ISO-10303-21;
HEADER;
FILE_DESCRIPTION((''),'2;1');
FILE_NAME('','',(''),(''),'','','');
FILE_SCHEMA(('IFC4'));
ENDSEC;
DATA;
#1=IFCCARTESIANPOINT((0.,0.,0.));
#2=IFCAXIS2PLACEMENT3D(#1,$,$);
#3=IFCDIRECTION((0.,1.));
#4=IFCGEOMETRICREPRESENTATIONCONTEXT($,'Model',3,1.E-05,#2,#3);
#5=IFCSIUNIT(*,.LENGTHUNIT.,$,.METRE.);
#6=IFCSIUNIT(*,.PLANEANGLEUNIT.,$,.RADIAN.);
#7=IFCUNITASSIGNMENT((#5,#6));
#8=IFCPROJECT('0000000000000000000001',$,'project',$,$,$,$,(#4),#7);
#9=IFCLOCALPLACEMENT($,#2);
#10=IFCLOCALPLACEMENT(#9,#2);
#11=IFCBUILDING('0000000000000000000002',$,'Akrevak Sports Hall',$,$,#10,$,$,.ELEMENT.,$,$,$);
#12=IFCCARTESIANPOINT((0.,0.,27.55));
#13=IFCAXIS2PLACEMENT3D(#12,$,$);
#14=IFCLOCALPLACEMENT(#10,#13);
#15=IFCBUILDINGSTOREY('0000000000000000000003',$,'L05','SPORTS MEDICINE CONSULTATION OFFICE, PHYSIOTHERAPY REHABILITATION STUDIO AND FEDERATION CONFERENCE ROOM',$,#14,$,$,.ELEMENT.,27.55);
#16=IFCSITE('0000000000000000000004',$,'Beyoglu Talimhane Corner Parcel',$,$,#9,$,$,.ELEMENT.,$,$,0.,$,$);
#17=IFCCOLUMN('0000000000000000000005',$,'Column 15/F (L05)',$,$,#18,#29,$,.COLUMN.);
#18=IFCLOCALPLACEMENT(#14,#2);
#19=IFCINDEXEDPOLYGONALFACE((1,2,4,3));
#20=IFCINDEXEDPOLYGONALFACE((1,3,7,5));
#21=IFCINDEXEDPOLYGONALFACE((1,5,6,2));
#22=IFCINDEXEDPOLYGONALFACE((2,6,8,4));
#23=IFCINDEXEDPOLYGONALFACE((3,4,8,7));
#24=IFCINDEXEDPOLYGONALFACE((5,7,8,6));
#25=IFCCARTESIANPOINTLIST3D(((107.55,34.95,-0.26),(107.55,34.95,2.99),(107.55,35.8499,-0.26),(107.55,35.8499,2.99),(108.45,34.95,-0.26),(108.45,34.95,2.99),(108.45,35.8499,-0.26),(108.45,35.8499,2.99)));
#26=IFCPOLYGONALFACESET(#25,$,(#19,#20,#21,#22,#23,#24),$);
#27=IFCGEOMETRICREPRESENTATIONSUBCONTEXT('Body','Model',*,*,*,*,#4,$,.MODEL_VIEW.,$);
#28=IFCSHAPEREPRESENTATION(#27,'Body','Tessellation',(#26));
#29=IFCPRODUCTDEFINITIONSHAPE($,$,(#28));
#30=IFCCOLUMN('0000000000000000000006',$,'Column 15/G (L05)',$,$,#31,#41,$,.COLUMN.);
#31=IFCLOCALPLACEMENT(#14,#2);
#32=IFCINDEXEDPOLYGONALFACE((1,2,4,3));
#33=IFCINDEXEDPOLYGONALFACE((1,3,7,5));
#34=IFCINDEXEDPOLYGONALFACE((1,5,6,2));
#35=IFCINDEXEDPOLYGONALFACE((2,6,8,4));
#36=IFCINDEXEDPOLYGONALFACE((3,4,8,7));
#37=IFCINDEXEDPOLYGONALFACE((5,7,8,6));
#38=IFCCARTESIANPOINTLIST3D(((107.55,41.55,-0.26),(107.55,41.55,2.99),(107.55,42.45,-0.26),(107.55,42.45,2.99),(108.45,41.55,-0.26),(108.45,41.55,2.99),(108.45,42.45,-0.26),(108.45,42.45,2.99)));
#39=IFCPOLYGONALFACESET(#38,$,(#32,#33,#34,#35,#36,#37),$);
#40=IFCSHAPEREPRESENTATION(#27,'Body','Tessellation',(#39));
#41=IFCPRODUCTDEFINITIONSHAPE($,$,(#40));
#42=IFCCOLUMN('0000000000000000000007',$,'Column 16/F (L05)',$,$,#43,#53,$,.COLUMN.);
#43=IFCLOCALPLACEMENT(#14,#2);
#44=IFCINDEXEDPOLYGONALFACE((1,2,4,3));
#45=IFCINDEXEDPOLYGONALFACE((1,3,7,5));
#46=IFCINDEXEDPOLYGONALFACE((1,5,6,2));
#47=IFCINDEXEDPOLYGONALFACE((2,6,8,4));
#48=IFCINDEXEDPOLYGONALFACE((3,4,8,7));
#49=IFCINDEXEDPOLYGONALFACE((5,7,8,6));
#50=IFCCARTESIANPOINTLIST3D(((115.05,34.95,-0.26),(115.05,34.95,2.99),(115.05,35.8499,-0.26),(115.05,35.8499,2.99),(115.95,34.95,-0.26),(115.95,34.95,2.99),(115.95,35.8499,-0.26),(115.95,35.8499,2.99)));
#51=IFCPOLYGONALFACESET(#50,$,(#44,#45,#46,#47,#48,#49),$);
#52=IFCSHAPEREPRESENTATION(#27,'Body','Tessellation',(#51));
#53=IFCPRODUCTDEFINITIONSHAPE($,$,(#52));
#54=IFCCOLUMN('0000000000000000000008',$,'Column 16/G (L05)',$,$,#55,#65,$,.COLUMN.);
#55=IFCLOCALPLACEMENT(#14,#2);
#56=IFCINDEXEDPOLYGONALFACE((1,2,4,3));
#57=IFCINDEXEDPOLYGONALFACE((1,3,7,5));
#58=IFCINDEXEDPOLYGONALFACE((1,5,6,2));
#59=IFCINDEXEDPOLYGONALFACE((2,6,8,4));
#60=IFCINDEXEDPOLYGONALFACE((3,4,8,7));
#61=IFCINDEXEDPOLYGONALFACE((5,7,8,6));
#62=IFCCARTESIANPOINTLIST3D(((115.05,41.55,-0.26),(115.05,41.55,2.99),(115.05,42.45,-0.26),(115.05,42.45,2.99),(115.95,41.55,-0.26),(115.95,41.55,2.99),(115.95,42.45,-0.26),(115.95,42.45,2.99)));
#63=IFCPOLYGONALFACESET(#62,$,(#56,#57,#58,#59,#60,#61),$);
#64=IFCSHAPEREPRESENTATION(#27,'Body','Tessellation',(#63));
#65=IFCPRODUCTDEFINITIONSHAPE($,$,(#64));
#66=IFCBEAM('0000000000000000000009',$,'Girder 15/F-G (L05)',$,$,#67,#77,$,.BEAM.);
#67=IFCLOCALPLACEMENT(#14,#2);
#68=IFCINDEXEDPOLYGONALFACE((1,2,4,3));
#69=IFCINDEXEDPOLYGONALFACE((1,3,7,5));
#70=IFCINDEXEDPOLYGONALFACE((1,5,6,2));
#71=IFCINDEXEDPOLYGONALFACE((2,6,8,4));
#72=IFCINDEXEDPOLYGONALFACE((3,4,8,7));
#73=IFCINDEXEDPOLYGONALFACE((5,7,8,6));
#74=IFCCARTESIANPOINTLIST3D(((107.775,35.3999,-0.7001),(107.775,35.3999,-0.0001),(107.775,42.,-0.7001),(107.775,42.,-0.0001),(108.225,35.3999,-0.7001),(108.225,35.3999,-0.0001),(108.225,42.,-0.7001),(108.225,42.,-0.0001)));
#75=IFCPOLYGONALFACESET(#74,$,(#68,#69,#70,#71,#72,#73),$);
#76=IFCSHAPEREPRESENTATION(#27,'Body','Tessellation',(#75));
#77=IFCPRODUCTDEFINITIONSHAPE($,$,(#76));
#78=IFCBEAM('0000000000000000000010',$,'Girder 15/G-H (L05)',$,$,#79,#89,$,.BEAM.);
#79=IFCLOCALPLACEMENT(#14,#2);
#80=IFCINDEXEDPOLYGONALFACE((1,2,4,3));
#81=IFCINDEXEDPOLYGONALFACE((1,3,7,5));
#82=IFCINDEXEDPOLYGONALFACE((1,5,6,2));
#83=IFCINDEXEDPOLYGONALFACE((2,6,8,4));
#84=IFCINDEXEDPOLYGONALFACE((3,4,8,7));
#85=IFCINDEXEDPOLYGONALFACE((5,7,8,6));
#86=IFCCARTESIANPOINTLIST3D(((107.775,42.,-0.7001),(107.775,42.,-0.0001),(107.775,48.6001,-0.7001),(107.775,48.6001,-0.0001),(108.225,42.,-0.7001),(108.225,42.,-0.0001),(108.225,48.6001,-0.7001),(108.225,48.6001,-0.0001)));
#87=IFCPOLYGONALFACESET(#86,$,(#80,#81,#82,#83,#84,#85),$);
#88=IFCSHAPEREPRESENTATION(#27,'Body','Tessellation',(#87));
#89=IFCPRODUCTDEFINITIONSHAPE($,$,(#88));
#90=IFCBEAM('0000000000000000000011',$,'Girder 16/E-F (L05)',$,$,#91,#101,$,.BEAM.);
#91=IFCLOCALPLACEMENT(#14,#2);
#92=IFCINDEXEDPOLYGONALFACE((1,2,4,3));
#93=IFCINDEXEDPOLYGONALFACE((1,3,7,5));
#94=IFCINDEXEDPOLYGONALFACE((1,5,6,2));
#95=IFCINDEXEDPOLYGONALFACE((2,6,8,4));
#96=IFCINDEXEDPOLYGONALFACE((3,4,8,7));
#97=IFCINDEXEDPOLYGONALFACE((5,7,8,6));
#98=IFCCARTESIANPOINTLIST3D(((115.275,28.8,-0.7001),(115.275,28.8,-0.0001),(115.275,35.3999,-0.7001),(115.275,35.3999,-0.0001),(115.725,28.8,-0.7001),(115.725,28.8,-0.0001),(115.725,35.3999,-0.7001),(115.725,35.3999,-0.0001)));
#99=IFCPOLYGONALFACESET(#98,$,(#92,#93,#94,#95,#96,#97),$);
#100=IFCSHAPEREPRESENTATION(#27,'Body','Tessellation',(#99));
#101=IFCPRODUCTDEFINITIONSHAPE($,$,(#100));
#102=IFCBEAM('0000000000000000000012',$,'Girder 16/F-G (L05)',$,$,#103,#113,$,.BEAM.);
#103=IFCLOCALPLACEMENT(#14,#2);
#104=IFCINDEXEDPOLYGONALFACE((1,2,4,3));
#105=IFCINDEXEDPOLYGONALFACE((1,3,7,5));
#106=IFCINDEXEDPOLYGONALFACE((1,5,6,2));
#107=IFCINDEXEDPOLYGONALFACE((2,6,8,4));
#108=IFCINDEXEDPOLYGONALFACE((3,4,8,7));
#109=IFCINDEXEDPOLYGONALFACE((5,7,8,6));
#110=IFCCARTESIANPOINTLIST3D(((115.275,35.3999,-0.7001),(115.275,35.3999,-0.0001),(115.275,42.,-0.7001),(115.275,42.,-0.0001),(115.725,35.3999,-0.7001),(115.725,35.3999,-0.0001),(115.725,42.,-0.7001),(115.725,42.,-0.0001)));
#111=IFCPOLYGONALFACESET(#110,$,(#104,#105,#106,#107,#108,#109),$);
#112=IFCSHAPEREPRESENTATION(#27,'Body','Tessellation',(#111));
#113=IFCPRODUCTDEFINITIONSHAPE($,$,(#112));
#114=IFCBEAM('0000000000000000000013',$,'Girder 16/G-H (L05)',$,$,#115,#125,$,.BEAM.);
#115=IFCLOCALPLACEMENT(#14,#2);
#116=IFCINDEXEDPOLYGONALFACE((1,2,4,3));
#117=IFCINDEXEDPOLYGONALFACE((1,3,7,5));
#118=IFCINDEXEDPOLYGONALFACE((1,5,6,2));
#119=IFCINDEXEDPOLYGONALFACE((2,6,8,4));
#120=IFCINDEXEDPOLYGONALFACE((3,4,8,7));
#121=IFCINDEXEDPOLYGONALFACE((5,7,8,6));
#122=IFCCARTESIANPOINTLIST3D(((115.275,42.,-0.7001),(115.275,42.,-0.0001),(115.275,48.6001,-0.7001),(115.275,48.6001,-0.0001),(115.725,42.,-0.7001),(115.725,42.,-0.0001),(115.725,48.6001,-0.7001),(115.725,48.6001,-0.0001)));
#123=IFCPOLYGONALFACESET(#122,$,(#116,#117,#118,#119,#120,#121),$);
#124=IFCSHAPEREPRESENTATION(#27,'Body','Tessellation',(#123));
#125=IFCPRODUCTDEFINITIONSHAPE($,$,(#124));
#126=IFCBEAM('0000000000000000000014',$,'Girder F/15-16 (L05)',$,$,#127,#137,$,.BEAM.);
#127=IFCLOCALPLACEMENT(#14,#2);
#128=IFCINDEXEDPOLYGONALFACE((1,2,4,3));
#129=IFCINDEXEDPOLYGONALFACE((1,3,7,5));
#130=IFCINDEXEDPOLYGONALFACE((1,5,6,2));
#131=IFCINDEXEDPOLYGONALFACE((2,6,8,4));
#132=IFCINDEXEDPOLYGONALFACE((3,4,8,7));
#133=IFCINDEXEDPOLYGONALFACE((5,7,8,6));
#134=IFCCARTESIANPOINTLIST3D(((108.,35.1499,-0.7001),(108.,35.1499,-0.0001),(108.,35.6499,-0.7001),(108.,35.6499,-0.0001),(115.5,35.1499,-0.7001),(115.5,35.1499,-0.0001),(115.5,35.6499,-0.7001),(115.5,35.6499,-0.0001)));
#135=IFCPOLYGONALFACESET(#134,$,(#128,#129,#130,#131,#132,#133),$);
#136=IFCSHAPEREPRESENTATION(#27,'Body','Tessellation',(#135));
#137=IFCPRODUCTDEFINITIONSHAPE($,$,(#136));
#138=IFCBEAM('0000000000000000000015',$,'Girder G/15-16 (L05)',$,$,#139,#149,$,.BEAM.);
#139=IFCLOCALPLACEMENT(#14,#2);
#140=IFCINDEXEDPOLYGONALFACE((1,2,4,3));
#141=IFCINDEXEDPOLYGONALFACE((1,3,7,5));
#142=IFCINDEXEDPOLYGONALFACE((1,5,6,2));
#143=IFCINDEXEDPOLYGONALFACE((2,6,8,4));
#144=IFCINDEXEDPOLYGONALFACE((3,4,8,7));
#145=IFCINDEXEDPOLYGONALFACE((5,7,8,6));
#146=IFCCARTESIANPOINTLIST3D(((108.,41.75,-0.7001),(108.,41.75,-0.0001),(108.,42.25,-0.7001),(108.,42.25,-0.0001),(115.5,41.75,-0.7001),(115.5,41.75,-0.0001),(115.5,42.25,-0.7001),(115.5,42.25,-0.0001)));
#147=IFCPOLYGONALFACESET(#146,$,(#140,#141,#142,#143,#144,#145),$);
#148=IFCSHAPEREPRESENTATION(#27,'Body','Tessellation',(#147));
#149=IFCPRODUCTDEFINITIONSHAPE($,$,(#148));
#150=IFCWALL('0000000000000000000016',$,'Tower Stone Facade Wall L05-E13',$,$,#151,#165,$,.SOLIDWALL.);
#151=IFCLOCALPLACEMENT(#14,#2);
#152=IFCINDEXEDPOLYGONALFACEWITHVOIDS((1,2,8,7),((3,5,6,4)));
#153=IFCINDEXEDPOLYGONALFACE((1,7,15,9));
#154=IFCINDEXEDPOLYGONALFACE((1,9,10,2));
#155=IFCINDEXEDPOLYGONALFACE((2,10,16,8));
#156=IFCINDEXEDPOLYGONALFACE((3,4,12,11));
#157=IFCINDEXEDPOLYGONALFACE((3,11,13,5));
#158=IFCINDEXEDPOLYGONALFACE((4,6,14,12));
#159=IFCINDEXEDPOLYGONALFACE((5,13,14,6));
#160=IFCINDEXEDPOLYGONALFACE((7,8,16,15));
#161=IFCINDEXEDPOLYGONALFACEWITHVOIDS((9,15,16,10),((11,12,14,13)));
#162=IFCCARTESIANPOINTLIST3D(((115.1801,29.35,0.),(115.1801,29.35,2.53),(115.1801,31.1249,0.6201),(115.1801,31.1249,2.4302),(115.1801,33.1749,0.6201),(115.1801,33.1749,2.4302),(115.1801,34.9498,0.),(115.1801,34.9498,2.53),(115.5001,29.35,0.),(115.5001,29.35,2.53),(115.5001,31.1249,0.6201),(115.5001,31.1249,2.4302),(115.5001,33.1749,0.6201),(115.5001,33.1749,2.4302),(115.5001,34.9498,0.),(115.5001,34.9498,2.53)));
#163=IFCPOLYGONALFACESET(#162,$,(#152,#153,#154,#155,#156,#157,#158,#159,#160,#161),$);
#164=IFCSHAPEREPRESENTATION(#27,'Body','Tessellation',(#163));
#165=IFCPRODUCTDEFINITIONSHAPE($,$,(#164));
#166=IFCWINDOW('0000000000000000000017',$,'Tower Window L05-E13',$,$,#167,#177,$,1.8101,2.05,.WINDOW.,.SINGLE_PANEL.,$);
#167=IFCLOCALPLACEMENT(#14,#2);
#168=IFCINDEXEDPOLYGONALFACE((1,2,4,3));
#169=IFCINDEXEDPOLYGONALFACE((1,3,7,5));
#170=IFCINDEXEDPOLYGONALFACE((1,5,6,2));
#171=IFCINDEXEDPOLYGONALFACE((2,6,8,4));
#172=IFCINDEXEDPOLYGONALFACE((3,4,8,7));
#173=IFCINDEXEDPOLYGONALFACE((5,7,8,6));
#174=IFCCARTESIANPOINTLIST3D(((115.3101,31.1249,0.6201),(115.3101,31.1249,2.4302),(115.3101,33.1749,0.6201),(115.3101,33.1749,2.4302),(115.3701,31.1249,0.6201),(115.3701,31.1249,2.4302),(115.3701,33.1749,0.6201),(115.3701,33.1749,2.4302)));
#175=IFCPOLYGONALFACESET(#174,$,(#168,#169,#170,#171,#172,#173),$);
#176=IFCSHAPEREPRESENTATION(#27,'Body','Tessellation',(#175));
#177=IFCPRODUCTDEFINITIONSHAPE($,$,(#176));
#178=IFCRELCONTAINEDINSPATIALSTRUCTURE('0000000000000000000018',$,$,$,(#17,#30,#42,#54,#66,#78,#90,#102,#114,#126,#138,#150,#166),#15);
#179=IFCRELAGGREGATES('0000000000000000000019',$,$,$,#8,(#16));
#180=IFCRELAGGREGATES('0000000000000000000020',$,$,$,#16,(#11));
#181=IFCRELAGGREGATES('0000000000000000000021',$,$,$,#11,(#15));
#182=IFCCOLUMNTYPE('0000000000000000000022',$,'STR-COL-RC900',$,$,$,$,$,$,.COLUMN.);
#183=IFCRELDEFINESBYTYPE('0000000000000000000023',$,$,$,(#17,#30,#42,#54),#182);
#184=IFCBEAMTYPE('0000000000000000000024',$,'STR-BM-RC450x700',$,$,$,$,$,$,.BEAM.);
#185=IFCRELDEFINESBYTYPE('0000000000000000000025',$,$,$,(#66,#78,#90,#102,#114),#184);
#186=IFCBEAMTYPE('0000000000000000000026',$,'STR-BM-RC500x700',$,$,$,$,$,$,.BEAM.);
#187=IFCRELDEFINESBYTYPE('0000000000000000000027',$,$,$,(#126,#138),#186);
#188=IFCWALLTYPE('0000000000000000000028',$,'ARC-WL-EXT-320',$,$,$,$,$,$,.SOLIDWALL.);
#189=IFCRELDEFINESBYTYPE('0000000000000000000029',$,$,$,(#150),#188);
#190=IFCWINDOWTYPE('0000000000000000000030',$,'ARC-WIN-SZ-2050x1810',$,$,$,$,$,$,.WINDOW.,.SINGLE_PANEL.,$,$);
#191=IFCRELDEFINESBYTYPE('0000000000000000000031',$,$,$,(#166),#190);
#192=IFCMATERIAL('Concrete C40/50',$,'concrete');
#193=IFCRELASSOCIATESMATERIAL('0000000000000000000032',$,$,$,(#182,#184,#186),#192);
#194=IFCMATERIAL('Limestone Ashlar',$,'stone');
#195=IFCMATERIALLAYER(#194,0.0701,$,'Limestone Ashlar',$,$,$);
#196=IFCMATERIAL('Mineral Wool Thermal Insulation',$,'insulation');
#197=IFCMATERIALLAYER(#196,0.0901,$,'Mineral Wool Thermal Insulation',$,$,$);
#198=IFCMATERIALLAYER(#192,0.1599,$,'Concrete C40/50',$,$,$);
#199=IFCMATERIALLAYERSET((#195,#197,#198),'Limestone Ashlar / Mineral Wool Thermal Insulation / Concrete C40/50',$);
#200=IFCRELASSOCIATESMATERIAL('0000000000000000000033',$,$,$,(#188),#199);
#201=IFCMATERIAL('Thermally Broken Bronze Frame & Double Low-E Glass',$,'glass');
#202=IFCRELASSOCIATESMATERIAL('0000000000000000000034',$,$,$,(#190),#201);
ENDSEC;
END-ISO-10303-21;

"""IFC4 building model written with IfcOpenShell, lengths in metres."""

from ifc_helpers import new_model, si_unit, direction, frame, frame_2d, origin, origin_2d, place, context, subcontext, project, spatial, rectangle, extrude, material, layer, layer_set, material_profile, profile_set, type_object, element, fill, save


model = new_model("IFC4")

# Units and contexts
model_context = context("Model", 3, precision=1e-05, world=origin(), true_north=direction((0.0, 1.0)))
body_context = subcontext(model_context, "Body", "Model", "MODEL_VIEW")
ifc_project = project(units=[si_unit("LENGTHUNIT", "METRE"), si_unit("PLANEANGLEUNIT", "RADIAN")], contexts=[model_context])

# Site, building, storey
site_placement = place(None, origin())
site = spatial("IfcSite", under=ifc_project, at=site_placement, Name="Beyoglu Talimhane Corner Parcel", CompositionType="ELEMENT", RefElevation=0.0)
building_placement = place(site_placement, origin())
building = spatial("IfcBuilding", under=site, at=building_placement, Name="Akrevak Sports Hall", CompositionType="ELEMENT")
storey_placement = place(building_placement, frame((0.0, 0.0, 27.55)))
storey = spatial("IfcBuildingStorey", under=building, at=storey_placement, Name="L05", Description="SPORTS MEDICINE CONSULTATION OFFICE, PHYSIOTHERAPY REHABILITATION STUDIO AND FEDERATION CONFERENCE ROOM", CompositionType="ELEMENT", Elevation=27.55)

# Columns
ifc_material_1 = material(Name="Concrete C40/50", Category="concrete")
ifc_material_profile_1 = material_profile(ifc_material_1, rectangle(XDim=0.8999, YDim=0.8999, at=origin_2d()), Name="RC 900x900", Category="concrete")
ifc_profile_set_1 = profile_set([ifc_material_profile_1], Name="Concrete C40/50")
column_type = type_object("IfcColumnType", Name="STR-COL-RC900", PredefinedType="COLUMN", material=ifc_profile_set_1)
for number, where, z_axis, x_axis, name in (
    (1, (108.0, 35.3999, -0.26), (0.0, 0.0, 1.0), (1.0, 0.0, 0.0), "Column 15/F (L05)"),
    (2, (108.0, 42.0, -0.26), (0.0, 0.0, 1.0), (1.0, 0.0, 0.0), "Column 15/G (L05)"),
    (3, (115.5, 35.3999, -0.26), (0.0, 0.0, 1.0), (1.0, 0.0, 0.0), "Column 16/F (L05)"),
    (4, (115.5, 42.0, -0.26), (0.0, 0.0, 1.0), (1.0, 0.0, 0.0), "Column 16/G (L05)"),
):
    element("IfcColumn", number, at=place(storey_placement, frame(where, z_axis=z_axis, x_axis=x_axis)), inside=storey, type_object=column_type, Name=name, PredefinedType="COLUMN", context=body_context, shape_type="SweptSolid", body=[
        extrude(rectangle(XDim=0.8999, YDim=0.8999, at=origin_2d()), origin(), (0.0, 0.0, 1.0), 3.25),
    ])

# Beams
ifc_material_profile_2 = material_profile(ifc_material_1, rectangle(XDim=0.45, YDim=0.7, at=origin_2d()), Name="BM 450x700", Category="concrete")
ifc_profile_set_2 = profile_set([ifc_material_profile_2], Name="Concrete C40/50")
beam_type_1 = type_object("IfcBeamType", Name="STR-BM-RC450x700", PredefinedType="BEAM", material=ifc_profile_set_2)
for number, where, z_axis, x_axis, name in (
    (5, (108.0, 35.3999, -0.3501), (0.0, 1.0, 0.0), (-1.0, 0.0, 0.0), "Girder 15/F-G (L05)"),
    (6, (108.0, 42.0, -0.3501), (0.0, 1.0, 0.0), (-1.0, 0.0, 0.0), "Girder 15/G-H (L05)"),
):
    element("IfcBeam", number, at=place(storey_placement, frame(where, z_axis=z_axis, x_axis=x_axis)), inside=storey, type_object=beam_type_1, Name=name, PredefinedType="BEAM", context=body_context, shape_type="SweptSolid", body=[
        extrude(rectangle(XDim=0.45, YDim=0.7, at=origin_2d()), origin(), (0.0, 0.0, 1.0), 6.6001),
    ])
beam_placement = place(storey_placement, frame((115.5, 28.8, -0.3501), z_axis=(0.0, 1.0, 0.0), x_axis=(-1.0, 0.0, 0.0)))
element("IfcBeam", 7, at=beam_placement, inside=storey, type_object=beam_type_1, Name="Girder 16/E-F (L05)", PredefinedType="BEAM", context=body_context, shape_type="SweptSolid", body=[
    extrude(rectangle(XDim=0.45, YDim=0.7, at=origin_2d()), origin(), (0.0, 0.0, 1.0), 6.5999),
])
for number, where, z_axis, x_axis, name in (
    (8, (115.5, 35.3999, -0.3501), (0.0, 1.0, 0.0), (-1.0, 0.0, 0.0), "Girder 16/F-G (L05)"),
    (9, (115.5, 42.0, -0.3501), (0.0, 1.0, 0.0), (-1.0, 0.0, 0.0), "Girder 16/G-H (L05)"),
):
    element("IfcBeam", number, at=place(storey_placement, frame(where, z_axis=z_axis, x_axis=x_axis)), inside=storey, type_object=beam_type_1, Name=name, PredefinedType="BEAM", context=body_context, shape_type="SweptSolid", body=[
        extrude(rectangle(XDim=0.45, YDim=0.7, at=origin_2d()), origin(), (0.0, 0.0, 1.0), 6.6001),
    ])
ifc_material_profile_3 = material_profile(ifc_material_1, rectangle(XDim=0.5, YDim=0.7, at=origin_2d()), Name="BM 500x700", Category="concrete")
ifc_profile_set_3 = profile_set([ifc_material_profile_3], Name="Concrete C40/50")
beam_type_2 = type_object("IfcBeamType", Name="STR-BM-RC500x700", PredefinedType="BEAM", material=ifc_profile_set_3)
for number, where, z_axis, x_axis, name in (
    (10, (108.0, 35.3999, -0.3501), (1.0, 0.0, 0.0), (0.0, 1.0, 0.0), "Girder F/15-16 (L05)"),
    (11, (108.0, 42.0, -0.3501), (1.0, 0.0, 0.0), (0.0, 1.0, 0.0), "Girder G/15-16 (L05)"),
):
    element("IfcBeam", number, at=place(storey_placement, frame(where, z_axis=z_axis, x_axis=x_axis)), inside=storey, type_object=beam_type_2, Name=name, PredefinedType="BEAM", context=body_context, shape_type="SweptSolid", body=[
        extrude(rectangle(XDim=0.5, YDim=0.7, at=origin_2d()), origin(), (0.0, 0.0, 1.0), 7.5),
    ])

# Wall, opening, window
ifc_material_2 = material(Name="Limestone Ashlar", Category="stone")
ifc_layer_1 = layer(ifc_material_2, 0.0701, Name="Limestone Ashlar")
ifc_material_3 = material(Name="Mineral Wool Thermal Insulation", Category="insulation")
ifc_layer_2 = layer(ifc_material_3, 0.0901, Name="Mineral Wool Thermal Insulation")
ifc_layer_3 = layer(ifc_material_1, 0.1599, Name="Concrete C40/50")
ifc_layer_set_1 = layer_set([ifc_layer_1, ifc_layer_2, ifc_layer_3], Name="Limestone Ashlar / Mineral Wool Thermal Insulation / Concrete C40/50")
wall_type_1 = type_object("IfcWallType", Name="ARC-WL-EXT-320", PredefinedType="SOLIDWALL", material=ifc_layer_set_1)
wall_1_placement = place(storey_placement, frame((115.3401, 29.3501, 0.0), z_axis=(0.0, 0.0, 1.0), x_axis=(0.0, 1.0, 0.0)))
wall_1 = element("IfcWall", 12, at=wall_1_placement, inside=storey, type_object=wall_type_1, Name="Tower Stone Facade Wall L05-E13", PredefinedType="SOLIDWALL", context=body_context, shape_type="SweptSolid", body=[
    extrude(rectangle(XDim=5.5999, YDim=0.3201, at=frame_2d((2.7998, 0.0))), origin(), (0.0, 0.0, 1.0), 2.53),
])
opening_1_placement = place(wall_1_placement, frame((1.7749, 0.0, 0.6201)))
opening_1 = element("IfcOpeningElement", 13, at=opening_1_placement, cuts=wall_1, PredefinedType="OPENING", context=body_context, shape_type="SweptSolid", body=[
    extrude(rectangle(XDim=2.05, YDim=1.8101, at=frame_2d((1.0249, 0.905))), frame((0.0, 0.1719, 0.0), z_axis=(0.0, -1.0, 0.0), x_axis=(1.0, 0.0, 0.0)), (0.0, 0.0, 1.0), 0.344),
])
ifc_material_4 = material(Name="Thermally Broken Bronze Frame & Double Low-E Glass", Category="glass")
window_type_1 = type_object("IfcWindowType", Name="ARC-WIN-SZ-2050x1810", PartitioningType="SINGLE_PANEL", PredefinedType="WINDOW", material=ifc_material_4)
window_1_placement = place(opening_1_placement, origin())
window_1 = element("IfcWindow", 14, at=window_1_placement, inside=storey, type_object=window_type_1, Name="Tower Window L05-E13", OverallHeight=1.8101, OverallWidth=2.05, PartitioningType="SINGLE_PANEL", PredefinedType="WINDOW", context=body_context, shape_type="SweptSolid", body=[
    extrude(rectangle(XDim=2.05, YDim=1.8101, at=frame_2d((1.0249, 0.905))), frame((0.0, 0.03, 0.0), z_axis=(0.0, -1.0, 0.0), x_axis=(1.0, 0.0, 0.0)), (0.0, 0.0, 1.0), 0.0601),
])
fill(opening_1, window_1)

save(model, "model.ifc")
